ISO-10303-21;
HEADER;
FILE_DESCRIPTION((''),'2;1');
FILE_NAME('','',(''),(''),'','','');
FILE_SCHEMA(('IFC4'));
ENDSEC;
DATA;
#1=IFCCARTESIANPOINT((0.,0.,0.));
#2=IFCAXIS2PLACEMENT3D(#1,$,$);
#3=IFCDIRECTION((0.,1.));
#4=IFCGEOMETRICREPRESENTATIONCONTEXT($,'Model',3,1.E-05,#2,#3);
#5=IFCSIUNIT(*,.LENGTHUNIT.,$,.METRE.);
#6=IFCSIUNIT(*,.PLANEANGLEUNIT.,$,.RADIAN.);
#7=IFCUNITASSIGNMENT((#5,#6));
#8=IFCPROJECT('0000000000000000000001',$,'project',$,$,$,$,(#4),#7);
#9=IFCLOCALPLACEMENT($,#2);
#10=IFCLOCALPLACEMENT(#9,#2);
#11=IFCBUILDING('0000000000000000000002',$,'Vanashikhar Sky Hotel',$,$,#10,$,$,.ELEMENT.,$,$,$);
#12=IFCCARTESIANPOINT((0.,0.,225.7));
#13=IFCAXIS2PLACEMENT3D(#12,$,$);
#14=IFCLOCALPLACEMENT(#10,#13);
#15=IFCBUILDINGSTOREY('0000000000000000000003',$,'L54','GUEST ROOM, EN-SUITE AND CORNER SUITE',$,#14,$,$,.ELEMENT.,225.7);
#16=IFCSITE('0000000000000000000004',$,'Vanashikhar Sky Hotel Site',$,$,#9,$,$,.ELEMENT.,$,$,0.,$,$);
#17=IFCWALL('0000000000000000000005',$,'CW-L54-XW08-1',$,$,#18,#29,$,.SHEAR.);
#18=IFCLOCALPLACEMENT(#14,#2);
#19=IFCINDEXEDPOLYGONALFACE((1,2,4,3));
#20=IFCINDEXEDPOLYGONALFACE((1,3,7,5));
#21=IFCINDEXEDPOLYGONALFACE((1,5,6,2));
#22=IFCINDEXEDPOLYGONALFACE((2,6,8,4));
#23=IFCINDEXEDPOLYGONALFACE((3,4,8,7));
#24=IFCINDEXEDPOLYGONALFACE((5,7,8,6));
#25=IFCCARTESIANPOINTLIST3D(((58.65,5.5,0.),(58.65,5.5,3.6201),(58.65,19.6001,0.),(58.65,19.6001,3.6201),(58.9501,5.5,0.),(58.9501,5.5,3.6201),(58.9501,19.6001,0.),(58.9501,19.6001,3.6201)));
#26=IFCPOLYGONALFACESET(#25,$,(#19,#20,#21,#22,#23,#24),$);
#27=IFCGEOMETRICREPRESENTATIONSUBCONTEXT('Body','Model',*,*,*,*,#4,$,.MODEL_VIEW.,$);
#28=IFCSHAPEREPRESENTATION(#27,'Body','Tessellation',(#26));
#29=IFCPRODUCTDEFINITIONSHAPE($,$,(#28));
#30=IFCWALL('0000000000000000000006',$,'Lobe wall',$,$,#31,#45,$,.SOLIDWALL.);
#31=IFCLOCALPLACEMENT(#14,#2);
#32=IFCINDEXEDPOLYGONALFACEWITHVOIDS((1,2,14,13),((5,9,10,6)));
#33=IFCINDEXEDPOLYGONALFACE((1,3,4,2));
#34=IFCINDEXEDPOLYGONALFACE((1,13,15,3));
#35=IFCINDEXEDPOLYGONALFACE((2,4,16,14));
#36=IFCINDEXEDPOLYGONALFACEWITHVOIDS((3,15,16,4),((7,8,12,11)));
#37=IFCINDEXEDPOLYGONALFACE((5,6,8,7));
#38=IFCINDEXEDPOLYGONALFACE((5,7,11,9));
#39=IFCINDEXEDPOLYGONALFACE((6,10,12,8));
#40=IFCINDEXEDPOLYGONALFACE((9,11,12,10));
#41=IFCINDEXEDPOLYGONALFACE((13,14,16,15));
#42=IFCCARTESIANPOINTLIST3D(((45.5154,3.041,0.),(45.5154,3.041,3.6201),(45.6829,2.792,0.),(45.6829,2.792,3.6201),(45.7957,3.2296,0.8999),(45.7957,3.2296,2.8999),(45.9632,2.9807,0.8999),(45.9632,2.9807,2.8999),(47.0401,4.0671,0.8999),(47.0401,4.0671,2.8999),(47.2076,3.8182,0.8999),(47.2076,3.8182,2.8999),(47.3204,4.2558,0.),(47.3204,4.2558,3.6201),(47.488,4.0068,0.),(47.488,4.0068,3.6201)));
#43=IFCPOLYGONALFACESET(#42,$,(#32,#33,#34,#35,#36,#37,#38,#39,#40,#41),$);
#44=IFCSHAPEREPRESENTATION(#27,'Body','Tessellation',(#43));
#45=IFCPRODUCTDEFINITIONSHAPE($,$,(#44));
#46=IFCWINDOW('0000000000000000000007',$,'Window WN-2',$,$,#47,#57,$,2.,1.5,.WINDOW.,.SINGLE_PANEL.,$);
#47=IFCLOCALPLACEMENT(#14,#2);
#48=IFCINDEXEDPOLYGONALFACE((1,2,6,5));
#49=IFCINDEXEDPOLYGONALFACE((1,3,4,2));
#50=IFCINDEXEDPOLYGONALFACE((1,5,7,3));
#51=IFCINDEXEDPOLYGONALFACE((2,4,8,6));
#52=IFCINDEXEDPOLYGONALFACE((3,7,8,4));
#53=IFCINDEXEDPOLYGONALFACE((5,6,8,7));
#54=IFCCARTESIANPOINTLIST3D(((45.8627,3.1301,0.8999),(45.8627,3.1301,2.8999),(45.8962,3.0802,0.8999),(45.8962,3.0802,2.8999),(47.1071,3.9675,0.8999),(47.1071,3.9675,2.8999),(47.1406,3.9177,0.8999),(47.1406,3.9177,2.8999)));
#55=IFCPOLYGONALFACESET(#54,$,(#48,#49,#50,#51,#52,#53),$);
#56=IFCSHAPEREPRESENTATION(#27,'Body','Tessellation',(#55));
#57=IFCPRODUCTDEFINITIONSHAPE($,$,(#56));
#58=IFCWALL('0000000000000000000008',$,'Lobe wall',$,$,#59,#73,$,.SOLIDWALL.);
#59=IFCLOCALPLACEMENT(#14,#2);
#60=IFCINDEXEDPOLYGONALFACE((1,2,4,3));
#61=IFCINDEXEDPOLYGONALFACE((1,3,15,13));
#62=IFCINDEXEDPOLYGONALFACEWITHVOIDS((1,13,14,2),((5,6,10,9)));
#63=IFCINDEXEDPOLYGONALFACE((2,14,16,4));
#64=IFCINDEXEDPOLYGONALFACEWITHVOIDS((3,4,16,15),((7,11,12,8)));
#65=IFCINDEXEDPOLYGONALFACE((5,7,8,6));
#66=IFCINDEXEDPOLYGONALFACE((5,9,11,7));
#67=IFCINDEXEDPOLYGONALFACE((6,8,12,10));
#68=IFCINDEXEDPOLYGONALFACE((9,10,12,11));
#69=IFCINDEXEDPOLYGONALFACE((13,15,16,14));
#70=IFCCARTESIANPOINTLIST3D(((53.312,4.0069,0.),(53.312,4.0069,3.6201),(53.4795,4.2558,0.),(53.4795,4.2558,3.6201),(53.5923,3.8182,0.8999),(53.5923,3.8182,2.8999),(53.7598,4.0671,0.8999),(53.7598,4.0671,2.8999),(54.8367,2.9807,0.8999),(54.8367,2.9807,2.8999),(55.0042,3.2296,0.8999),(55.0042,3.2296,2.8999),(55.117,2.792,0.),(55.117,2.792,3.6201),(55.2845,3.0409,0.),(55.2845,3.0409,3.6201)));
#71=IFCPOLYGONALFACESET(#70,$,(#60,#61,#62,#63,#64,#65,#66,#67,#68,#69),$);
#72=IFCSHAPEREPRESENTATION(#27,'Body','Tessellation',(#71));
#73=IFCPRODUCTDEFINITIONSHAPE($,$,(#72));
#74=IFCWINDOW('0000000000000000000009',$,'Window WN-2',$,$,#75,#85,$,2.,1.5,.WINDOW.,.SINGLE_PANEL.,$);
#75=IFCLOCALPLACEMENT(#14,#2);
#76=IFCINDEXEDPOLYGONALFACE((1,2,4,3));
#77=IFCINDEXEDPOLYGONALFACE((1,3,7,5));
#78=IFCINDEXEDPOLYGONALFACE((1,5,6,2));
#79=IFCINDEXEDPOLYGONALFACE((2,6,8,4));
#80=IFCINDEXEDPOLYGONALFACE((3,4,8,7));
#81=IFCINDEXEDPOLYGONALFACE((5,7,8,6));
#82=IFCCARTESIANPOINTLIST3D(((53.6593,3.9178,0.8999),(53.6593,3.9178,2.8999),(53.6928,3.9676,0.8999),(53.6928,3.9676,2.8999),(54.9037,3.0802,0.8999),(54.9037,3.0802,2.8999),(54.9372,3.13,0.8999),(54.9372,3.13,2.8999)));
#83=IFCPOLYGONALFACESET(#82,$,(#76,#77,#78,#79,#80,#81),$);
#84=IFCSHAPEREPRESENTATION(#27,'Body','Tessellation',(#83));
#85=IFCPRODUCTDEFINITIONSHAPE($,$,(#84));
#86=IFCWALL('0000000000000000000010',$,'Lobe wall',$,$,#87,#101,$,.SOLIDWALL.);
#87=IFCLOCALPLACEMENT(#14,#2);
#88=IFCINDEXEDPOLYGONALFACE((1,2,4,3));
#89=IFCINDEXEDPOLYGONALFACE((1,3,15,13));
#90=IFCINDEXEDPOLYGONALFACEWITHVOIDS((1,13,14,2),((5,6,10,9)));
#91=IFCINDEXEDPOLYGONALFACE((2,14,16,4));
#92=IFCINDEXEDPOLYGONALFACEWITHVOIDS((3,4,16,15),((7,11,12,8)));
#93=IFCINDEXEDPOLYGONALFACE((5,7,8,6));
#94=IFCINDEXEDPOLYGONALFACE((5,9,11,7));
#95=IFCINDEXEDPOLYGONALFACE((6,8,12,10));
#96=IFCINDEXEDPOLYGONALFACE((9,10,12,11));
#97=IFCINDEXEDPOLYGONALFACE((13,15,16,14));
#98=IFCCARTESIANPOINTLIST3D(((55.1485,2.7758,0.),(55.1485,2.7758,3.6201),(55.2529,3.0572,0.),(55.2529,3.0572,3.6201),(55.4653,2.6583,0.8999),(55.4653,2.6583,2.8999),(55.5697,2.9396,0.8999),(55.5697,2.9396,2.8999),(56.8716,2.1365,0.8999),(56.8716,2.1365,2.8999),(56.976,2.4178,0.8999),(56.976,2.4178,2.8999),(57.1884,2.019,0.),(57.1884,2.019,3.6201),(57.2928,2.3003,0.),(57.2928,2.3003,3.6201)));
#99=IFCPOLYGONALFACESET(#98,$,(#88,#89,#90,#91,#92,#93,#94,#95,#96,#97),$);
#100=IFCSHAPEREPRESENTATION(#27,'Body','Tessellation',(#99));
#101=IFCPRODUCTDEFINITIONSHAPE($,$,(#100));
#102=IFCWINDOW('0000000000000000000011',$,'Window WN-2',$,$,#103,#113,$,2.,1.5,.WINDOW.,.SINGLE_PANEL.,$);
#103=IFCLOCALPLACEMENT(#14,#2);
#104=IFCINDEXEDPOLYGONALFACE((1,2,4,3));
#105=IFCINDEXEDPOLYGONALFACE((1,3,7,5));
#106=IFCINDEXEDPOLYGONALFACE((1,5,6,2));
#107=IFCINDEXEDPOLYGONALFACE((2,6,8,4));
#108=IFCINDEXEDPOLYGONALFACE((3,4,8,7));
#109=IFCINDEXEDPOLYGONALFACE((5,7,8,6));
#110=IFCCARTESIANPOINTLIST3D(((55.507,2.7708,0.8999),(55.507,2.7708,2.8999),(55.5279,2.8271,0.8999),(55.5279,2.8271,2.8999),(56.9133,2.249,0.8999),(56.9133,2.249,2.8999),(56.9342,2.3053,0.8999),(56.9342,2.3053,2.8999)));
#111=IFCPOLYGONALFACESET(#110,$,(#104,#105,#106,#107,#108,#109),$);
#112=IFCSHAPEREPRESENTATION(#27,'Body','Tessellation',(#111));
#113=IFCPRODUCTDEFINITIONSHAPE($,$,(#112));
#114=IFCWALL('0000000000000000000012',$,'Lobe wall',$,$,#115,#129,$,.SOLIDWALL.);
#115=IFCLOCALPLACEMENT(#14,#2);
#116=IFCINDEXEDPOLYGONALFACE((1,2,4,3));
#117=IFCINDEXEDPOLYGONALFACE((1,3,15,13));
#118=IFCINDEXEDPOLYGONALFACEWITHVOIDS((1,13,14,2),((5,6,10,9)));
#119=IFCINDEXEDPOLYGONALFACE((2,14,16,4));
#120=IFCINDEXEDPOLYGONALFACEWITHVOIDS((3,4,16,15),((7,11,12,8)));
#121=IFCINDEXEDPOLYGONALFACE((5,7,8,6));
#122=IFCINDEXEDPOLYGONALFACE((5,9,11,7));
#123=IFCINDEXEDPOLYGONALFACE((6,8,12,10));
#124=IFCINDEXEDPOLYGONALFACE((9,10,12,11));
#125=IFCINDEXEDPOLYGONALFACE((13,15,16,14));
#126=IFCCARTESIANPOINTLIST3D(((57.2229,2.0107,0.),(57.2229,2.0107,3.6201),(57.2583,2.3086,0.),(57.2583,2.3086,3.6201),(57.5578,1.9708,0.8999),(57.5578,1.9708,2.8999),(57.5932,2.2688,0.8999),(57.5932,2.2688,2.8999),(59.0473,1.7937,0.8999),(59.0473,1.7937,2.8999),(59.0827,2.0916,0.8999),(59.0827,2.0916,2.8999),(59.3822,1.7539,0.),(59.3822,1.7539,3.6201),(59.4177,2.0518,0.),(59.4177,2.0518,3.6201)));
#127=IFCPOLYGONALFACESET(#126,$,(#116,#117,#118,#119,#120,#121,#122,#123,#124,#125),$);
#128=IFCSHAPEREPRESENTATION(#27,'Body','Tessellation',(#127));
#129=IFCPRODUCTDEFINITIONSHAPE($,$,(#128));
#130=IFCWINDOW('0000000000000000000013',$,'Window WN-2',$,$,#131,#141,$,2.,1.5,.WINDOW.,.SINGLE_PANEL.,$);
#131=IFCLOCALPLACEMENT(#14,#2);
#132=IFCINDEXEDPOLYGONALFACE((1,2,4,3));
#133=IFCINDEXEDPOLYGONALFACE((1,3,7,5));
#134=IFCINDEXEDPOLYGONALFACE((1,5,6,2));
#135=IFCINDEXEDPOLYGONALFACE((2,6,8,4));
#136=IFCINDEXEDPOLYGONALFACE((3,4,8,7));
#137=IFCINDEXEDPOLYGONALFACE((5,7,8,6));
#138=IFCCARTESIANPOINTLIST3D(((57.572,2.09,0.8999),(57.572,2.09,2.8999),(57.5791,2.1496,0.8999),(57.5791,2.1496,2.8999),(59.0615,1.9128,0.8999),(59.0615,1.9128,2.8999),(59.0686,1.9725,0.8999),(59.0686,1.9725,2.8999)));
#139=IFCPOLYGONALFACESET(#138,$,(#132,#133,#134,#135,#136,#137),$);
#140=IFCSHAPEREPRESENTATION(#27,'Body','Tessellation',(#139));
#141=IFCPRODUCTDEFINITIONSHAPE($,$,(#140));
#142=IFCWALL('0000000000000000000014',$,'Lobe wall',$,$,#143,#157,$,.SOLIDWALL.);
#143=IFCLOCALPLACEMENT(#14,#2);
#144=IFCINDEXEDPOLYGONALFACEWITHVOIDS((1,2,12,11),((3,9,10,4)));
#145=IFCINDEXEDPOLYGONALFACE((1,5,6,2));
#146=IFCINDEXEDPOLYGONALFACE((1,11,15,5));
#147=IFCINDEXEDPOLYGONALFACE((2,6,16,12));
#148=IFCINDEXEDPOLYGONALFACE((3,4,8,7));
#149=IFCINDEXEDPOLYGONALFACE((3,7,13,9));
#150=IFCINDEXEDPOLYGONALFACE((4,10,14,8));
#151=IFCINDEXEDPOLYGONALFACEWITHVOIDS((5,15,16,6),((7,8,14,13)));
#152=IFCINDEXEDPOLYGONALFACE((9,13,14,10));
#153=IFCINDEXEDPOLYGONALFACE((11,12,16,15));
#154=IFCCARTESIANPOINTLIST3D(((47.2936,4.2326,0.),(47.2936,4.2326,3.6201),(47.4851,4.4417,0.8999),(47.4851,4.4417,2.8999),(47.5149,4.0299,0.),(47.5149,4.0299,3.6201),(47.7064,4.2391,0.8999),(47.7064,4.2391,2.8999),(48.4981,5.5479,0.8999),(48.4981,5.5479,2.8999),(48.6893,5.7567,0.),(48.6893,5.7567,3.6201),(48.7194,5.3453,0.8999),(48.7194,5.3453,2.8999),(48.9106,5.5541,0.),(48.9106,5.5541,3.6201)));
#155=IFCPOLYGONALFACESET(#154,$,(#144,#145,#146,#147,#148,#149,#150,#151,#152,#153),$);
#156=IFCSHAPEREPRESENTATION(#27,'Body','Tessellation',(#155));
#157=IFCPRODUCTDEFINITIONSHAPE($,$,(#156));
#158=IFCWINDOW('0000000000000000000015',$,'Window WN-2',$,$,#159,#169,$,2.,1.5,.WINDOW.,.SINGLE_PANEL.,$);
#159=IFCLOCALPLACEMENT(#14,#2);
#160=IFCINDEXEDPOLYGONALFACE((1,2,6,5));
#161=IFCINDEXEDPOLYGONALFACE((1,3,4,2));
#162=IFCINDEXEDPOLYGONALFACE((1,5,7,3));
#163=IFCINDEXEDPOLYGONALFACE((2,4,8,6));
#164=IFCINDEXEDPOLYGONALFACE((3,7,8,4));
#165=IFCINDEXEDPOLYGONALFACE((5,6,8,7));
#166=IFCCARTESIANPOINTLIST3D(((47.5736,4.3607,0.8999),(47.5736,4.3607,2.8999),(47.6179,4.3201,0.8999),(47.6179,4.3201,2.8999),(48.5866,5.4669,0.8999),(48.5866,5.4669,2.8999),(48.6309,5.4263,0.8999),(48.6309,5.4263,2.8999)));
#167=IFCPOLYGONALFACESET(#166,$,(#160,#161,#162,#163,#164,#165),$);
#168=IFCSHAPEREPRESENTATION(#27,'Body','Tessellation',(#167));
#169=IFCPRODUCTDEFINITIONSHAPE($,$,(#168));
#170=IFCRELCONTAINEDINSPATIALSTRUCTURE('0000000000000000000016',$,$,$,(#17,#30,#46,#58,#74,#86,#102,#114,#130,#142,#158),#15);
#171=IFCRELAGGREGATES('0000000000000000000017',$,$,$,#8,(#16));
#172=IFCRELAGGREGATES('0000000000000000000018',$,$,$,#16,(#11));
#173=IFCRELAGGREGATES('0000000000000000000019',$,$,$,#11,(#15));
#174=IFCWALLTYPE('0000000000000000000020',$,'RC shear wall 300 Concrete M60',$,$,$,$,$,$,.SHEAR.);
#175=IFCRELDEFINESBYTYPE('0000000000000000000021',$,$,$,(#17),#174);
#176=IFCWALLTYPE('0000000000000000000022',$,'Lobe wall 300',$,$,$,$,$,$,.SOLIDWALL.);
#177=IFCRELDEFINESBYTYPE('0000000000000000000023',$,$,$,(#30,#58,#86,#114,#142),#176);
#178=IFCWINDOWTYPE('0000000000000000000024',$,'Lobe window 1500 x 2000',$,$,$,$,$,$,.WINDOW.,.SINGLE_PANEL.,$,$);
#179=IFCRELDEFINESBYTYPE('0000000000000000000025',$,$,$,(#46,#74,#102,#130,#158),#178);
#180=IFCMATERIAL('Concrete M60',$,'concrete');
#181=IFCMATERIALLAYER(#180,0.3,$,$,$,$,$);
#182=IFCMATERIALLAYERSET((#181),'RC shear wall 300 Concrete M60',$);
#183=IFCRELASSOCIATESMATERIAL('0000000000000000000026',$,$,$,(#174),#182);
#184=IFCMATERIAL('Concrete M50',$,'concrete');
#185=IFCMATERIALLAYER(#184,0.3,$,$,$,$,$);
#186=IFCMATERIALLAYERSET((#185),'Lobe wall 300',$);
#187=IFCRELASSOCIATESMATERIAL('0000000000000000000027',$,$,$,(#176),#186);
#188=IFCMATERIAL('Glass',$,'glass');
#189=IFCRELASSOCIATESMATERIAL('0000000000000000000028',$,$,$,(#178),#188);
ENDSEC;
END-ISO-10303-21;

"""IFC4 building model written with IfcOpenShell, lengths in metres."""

from ifc_helpers import new_model, si_unit, direction, frame, frame_2d, origin, place, context, subcontext, project, spatial, rectangle, extrude, source, transform, mapped, material, layer, layer_set, type_object, element, fill, save


model = new_model("IFC4")

# Units and contexts
model_context = context("Model", 3, precision=1e-05, world=origin(), true_north=direction((0.0, 1.0)))
body_context = subcontext(model_context, "Body", "Model", "MODEL_VIEW")
ifc_project = project(units=[si_unit("LENGTHUNIT", "METRE"), si_unit("PLANEANGLEUNIT", "RADIAN")], contexts=[model_context])

# Site, building, storey
site_placement = place(None, origin())
site = spatial("IfcSite", under=ifc_project, at=site_placement, Name="Vanashikhar Sky Hotel Site", CompositionType="ELEMENT", RefElevation=0.0)
building_placement = place(site_placement, origin())
building = spatial("IfcBuilding", under=site, at=building_placement, Name="Vanashikhar Sky Hotel", CompositionType="ELEMENT")
storey_placement = place(building_placement, frame((0.0, 0.0, 225.7)))
storey = spatial("IfcBuildingStorey", under=building, at=storey_placement, Name="L54", Description="GUEST ROOM, EN-SUITE AND CORNER SUITE", CompositionType="ELEMENT", Elevation=225.7)

# Wall
ifc_material_1 = material(Name="Concrete M60", Category="concrete")
ifc_layer_1 = layer(ifc_material_1, 0.3)
ifc_layer_set_1 = layer_set([ifc_layer_1], Name="RC shear wall 300 Concrete M60")
wall_type_1 = type_object("IfcWallType", Name="RC shear wall 300 Concrete M60", PredefinedType="SHEAR", material=ifc_layer_set_1)
shared_shape_1 = source(origin(), body_context, "Body", "SweptSolid", [
    extrude(rectangle(XDim=14.1001, YDim=0.3, at=frame_2d((7.05, 0.0))), origin(), (0.0, 0.0, 1.0), 3.6201),
])
wall_1_placement = place(storey_placement, frame((58.8, 5.5, 0.0), z_axis=(0.0, 0.0, 1.0), x_axis=(0.0, 1.0, 0.0)))
element("IfcWall", 1, at=wall_1_placement, inside=storey, type_object=wall_type_1, Name="CW-L54-XW08-1", PredefinedType="SHEAR", context=body_context, shape_type="MappedRepresentation", body=[
    mapped(shared_shape_1, transform((0.0, 0.0, 0.0), scale=1.0)),
])

# Walls, openings, windows
ifc_material_2 = material(Name="Concrete M50", Category="concrete")
ifc_layer_2 = layer(ifc_material_2, 0.3)
ifc_layer_set_2 = layer_set([ifc_layer_2], Name="Lobe wall 300")
wall_type_2 = type_object("IfcWallType", Name="Lobe wall 300", PredefinedType="SOLIDWALL", material=ifc_layer_set_2)
shared_shape_2 = source(origin(), body_context, "Body", "SweptSolid", [
    extrude(rectangle(XDim=2.1758, YDim=0.3, at=frame_2d((1.0879, 0.0))), origin(), (0.0, 0.0, 1.0), 3.6201),
])
wall_2_placement = place(storey_placement, frame((45.5991, 2.9165, 0.0), z_axis=(0.0, 0.0, 1.0), x_axis=(0.829626, 0.55832, 0.0)))
wall_2 = element("IfcWall", 2, at=wall_2_placement, inside=storey, type_object=wall_type_2, Name="Lobe wall", PredefinedType="SOLIDWALL", context=body_context, shape_type="MappedRepresentation", body=[
    mapped(shared_shape_2, transform((0.0, 0.0, 0.0), scale=1.0)),
])
shared_shape_3 = source(origin(), body_context, "Body", "SweptSolid", [
    extrude(rectangle(XDim=1.5, YDim=2.0, at=frame_2d((0.75, 1.0))), frame((0.0, 0.1602, 0.0), z_axis=(0.0, -1.0, 0.0), x_axis=(1.0, 0.0, 0.0)), (0.0, 0.0, 1.0), 0.3201),
])
opening_1_placement = place(wall_2_placement, frame((0.3379, 0.0, 0.8999)))
opening_1 = element("IfcOpeningElement", 3, at=opening_1_placement, cuts=wall_2, PredefinedType="OPENING", context=body_context, shape_type="MappedRepresentation", body=[
    mapped(shared_shape_3, transform((0.0, 0.0, 0.0), scale=1.0)),
])
ifc_material_3 = material(Name="Glass", Category="glass")
window_type = type_object("IfcWindowType", Name="Lobe window 1500 x 2000", PartitioningType="SINGLE_PANEL", PredefinedType="WINDOW", material=ifc_material_3)
shared_shape_4 = source(origin(), body_context, "Body", "SweptSolid", [
    extrude(rectangle(XDim=1.5, YDim=2.0, at=frame_2d((0.75, 1.0))), frame((0.0, 0.03, 0.0), z_axis=(0.0, -1.0, 0.0), x_axis=(1.0, 0.0, 0.0)), (0.0, 0.0, 1.0), 0.0601),
])
window_1_placement = place(opening_1_placement, origin())
window_1 = element("IfcWindow", 4, at=window_1_placement, inside=storey, type_object=window_type, Name="Window WN-2", OverallHeight=2.0, OverallWidth=1.5, PartitioningType="SINGLE_PANEL", PredefinedType="WINDOW", context=body_context, shape_type="MappedRepresentation", body=[
    mapped(shared_shape_4, transform((0.0, 0.0, 0.0), scale=1.0)),
])
fill(opening_1, window_1)
wall_3_placement = place(storey_placement, frame((53.3958, 4.1313, 0.0), z_axis=(0.0, 0.0, 1.0), x_axis=(0.829591, -0.558372, 0.0)))
wall_3 = element("IfcWall", 5, at=wall_3_placement, inside=storey, type_object=wall_type_2, Name="Lobe wall", PredefinedType="SOLIDWALL", context=body_context, shape_type="MappedRepresentation", body=[
    mapped(shared_shape_2, transform((0.0, 0.0, 0.0), scale=1.0)),
])
opening_2_placement = place(wall_3_placement, frame((0.3379, 0.0, 0.8999)))
opening_2 = element("IfcOpeningElement", 6, at=opening_2_placement, cuts=wall_3, PredefinedType="OPENING", context=body_context, shape_type="MappedRepresentation", body=[
    mapped(shared_shape_3, transform((0.0, 0.0, 0.0), scale=1.0)),
])
window_2_placement = place(opening_2_placement, origin())
window_2 = element("IfcWindow", 7, at=window_2_placement, inside=storey, type_object=window_type, Name="Window WN-2", OverallHeight=2.0, OverallWidth=1.5, PartitioningType="SINGLE_PANEL", PredefinedType="WINDOW", context=body_context, shape_type="MappedRepresentation", body=[
    mapped(shared_shape_4, transform((0.0, 0.0, 0.0), scale=1.0)),
])
fill(opening_2, window_2)
wall_4_placement = place(storey_placement, frame((55.2007, 2.9165, 0.0), z_axis=(0.0, 0.0, 1.0), x_axis=(0.937546, -0.347863, 0.0)))
wall_4 = element("IfcWall", 8, at=wall_4_placement, inside=storey, type_object=wall_type_2, Name="Lobe wall", PredefinedType="SOLIDWALL", context=body_context, shape_type="MappedRepresentation", body=[
    mapped(shared_shape_2, transform((0.0, 0.0, 0.0), scale=1.0)),
])
opening_3_placement = place(wall_4_placement, frame((0.3379, 0.0, 0.8999)))
opening_3 = element("IfcOpeningElement", 9, at=opening_3_placement, cuts=wall_4, PredefinedType="OPENING", context=body_context, shape_type="MappedRepresentation", body=[
    mapped(shared_shape_3, transform((0.0, 0.0, 0.0), scale=1.0)),
])
window_3_placement = place(opening_3_placement, origin())
window_3 = element("IfcWindow", 10, at=window_3_placement, inside=storey, type_object=window_type, Name="Window WN-2", OverallHeight=2.0, OverallWidth=1.5, PartitioningType="SINGLE_PANEL", PredefinedType="WINDOW", context=body_context, shape_type="MappedRepresentation", body=[
    mapped(shared_shape_4, transform((0.0, 0.0, 0.0), scale=1.0)),
])
fill(opening_3, window_3)
shared_shape_5 = source(origin(), body_context, "Body", "SweptSolid", [
    extrude(rectangle(XDim=2.1746, YDim=0.3, at=frame_2d((1.0874, 0.0))), origin(), (0.0, 0.0, 1.0), 3.6201),
])
wall_5_placement = place(storey_placement, frame((57.2405, 2.1597, 0.0), z_axis=(0.0, 0.0, 1.0), x_axis=(0.993001, -0.118105, 0.0)))
wall_5 = element("IfcWall", 11, at=wall_5_placement, inside=storey, type_object=wall_type_2, Name="Lobe wall", PredefinedType="SOLIDWALL", context=body_context, shape_type="MappedRepresentation", body=[
    mapped(shared_shape_5, transform((0.0, 0.0, 0.0), scale=1.0)),
])
opening_4_placement = place(wall_5_placement, frame((0.3374, 0.0, 0.8999)))
opening_4 = element("IfcOpeningElement", 12, at=opening_4_placement, cuts=wall_5, PredefinedType="OPENING", context=body_context, shape_type="MappedRepresentation", body=[
    mapped(shared_shape_3, transform((0.0, 0.0, 0.0), scale=1.0)),
])
window_4_placement = place(opening_4_placement, origin())
window_4 = element("IfcWindow", 13, at=window_4_placement, inside=storey, type_object=window_type, Name="Window WN-2", OverallHeight=2.0, OverallWidth=1.5, PartitioningType="SINGLE_PANEL", PredefinedType="WINDOW", context=body_context, shape_type="MappedRepresentation", body=[
    mapped(shared_shape_4, transform((0.0, 0.0, 0.0), scale=1.0)),
])
fill(opening_4, window_4)
shared_shape_6 = source(origin(), body_context, "Body", "SweptSolid", [
    extrude(rectangle(XDim=2.0667, YDim=0.3, at=frame_2d((1.0332, 0.0))), origin(), (0.0, 0.0, 1.0), 3.6201),
])
wall_6_placement = place(storey_placement, frame((47.4043, 4.1313, 0.0), z_axis=(0.0, 0.0, 1.0), x_axis=(0.675355, 0.737492, 0.0)))
wall_6 = element("IfcWall", 14, at=wall_6_placement, inside=storey, type_object=wall_type_2, Name="Lobe wall", PredefinedType="SOLIDWALL", context=body_context, shape_type="MappedRepresentation", body=[
    mapped(shared_shape_6, transform((0.0, 0.0, 0.0), scale=1.0)),
])
opening_5_placement = place(wall_6_placement, frame((0.2834, 0.0, 0.8999)))
opening_5 = element("IfcOpeningElement", 15, at=opening_5_placement, cuts=wall_6, PredefinedType="OPENING", context=body_context, shape_type="MappedRepresentation", body=[
    mapped(shared_shape_3, transform((0.0, 0.0, 0.0), scale=1.0)),
])
window_5_placement = place(opening_5_placement, origin())
window_5 = element("IfcWindow", 16, at=window_5_placement, inside=storey, type_object=window_type, Name="Window WN-2", OverallHeight=2.0, OverallWidth=1.5, PartitioningType="SINGLE_PANEL", PredefinedType="WINDOW", context=body_context, shape_type="MappedRepresentation", body=[
    mapped(shared_shape_4, transform((0.0, 0.0, 0.0), scale=1.0)),
])
fill(opening_5, window_5)

save(model, "model.ifc")
